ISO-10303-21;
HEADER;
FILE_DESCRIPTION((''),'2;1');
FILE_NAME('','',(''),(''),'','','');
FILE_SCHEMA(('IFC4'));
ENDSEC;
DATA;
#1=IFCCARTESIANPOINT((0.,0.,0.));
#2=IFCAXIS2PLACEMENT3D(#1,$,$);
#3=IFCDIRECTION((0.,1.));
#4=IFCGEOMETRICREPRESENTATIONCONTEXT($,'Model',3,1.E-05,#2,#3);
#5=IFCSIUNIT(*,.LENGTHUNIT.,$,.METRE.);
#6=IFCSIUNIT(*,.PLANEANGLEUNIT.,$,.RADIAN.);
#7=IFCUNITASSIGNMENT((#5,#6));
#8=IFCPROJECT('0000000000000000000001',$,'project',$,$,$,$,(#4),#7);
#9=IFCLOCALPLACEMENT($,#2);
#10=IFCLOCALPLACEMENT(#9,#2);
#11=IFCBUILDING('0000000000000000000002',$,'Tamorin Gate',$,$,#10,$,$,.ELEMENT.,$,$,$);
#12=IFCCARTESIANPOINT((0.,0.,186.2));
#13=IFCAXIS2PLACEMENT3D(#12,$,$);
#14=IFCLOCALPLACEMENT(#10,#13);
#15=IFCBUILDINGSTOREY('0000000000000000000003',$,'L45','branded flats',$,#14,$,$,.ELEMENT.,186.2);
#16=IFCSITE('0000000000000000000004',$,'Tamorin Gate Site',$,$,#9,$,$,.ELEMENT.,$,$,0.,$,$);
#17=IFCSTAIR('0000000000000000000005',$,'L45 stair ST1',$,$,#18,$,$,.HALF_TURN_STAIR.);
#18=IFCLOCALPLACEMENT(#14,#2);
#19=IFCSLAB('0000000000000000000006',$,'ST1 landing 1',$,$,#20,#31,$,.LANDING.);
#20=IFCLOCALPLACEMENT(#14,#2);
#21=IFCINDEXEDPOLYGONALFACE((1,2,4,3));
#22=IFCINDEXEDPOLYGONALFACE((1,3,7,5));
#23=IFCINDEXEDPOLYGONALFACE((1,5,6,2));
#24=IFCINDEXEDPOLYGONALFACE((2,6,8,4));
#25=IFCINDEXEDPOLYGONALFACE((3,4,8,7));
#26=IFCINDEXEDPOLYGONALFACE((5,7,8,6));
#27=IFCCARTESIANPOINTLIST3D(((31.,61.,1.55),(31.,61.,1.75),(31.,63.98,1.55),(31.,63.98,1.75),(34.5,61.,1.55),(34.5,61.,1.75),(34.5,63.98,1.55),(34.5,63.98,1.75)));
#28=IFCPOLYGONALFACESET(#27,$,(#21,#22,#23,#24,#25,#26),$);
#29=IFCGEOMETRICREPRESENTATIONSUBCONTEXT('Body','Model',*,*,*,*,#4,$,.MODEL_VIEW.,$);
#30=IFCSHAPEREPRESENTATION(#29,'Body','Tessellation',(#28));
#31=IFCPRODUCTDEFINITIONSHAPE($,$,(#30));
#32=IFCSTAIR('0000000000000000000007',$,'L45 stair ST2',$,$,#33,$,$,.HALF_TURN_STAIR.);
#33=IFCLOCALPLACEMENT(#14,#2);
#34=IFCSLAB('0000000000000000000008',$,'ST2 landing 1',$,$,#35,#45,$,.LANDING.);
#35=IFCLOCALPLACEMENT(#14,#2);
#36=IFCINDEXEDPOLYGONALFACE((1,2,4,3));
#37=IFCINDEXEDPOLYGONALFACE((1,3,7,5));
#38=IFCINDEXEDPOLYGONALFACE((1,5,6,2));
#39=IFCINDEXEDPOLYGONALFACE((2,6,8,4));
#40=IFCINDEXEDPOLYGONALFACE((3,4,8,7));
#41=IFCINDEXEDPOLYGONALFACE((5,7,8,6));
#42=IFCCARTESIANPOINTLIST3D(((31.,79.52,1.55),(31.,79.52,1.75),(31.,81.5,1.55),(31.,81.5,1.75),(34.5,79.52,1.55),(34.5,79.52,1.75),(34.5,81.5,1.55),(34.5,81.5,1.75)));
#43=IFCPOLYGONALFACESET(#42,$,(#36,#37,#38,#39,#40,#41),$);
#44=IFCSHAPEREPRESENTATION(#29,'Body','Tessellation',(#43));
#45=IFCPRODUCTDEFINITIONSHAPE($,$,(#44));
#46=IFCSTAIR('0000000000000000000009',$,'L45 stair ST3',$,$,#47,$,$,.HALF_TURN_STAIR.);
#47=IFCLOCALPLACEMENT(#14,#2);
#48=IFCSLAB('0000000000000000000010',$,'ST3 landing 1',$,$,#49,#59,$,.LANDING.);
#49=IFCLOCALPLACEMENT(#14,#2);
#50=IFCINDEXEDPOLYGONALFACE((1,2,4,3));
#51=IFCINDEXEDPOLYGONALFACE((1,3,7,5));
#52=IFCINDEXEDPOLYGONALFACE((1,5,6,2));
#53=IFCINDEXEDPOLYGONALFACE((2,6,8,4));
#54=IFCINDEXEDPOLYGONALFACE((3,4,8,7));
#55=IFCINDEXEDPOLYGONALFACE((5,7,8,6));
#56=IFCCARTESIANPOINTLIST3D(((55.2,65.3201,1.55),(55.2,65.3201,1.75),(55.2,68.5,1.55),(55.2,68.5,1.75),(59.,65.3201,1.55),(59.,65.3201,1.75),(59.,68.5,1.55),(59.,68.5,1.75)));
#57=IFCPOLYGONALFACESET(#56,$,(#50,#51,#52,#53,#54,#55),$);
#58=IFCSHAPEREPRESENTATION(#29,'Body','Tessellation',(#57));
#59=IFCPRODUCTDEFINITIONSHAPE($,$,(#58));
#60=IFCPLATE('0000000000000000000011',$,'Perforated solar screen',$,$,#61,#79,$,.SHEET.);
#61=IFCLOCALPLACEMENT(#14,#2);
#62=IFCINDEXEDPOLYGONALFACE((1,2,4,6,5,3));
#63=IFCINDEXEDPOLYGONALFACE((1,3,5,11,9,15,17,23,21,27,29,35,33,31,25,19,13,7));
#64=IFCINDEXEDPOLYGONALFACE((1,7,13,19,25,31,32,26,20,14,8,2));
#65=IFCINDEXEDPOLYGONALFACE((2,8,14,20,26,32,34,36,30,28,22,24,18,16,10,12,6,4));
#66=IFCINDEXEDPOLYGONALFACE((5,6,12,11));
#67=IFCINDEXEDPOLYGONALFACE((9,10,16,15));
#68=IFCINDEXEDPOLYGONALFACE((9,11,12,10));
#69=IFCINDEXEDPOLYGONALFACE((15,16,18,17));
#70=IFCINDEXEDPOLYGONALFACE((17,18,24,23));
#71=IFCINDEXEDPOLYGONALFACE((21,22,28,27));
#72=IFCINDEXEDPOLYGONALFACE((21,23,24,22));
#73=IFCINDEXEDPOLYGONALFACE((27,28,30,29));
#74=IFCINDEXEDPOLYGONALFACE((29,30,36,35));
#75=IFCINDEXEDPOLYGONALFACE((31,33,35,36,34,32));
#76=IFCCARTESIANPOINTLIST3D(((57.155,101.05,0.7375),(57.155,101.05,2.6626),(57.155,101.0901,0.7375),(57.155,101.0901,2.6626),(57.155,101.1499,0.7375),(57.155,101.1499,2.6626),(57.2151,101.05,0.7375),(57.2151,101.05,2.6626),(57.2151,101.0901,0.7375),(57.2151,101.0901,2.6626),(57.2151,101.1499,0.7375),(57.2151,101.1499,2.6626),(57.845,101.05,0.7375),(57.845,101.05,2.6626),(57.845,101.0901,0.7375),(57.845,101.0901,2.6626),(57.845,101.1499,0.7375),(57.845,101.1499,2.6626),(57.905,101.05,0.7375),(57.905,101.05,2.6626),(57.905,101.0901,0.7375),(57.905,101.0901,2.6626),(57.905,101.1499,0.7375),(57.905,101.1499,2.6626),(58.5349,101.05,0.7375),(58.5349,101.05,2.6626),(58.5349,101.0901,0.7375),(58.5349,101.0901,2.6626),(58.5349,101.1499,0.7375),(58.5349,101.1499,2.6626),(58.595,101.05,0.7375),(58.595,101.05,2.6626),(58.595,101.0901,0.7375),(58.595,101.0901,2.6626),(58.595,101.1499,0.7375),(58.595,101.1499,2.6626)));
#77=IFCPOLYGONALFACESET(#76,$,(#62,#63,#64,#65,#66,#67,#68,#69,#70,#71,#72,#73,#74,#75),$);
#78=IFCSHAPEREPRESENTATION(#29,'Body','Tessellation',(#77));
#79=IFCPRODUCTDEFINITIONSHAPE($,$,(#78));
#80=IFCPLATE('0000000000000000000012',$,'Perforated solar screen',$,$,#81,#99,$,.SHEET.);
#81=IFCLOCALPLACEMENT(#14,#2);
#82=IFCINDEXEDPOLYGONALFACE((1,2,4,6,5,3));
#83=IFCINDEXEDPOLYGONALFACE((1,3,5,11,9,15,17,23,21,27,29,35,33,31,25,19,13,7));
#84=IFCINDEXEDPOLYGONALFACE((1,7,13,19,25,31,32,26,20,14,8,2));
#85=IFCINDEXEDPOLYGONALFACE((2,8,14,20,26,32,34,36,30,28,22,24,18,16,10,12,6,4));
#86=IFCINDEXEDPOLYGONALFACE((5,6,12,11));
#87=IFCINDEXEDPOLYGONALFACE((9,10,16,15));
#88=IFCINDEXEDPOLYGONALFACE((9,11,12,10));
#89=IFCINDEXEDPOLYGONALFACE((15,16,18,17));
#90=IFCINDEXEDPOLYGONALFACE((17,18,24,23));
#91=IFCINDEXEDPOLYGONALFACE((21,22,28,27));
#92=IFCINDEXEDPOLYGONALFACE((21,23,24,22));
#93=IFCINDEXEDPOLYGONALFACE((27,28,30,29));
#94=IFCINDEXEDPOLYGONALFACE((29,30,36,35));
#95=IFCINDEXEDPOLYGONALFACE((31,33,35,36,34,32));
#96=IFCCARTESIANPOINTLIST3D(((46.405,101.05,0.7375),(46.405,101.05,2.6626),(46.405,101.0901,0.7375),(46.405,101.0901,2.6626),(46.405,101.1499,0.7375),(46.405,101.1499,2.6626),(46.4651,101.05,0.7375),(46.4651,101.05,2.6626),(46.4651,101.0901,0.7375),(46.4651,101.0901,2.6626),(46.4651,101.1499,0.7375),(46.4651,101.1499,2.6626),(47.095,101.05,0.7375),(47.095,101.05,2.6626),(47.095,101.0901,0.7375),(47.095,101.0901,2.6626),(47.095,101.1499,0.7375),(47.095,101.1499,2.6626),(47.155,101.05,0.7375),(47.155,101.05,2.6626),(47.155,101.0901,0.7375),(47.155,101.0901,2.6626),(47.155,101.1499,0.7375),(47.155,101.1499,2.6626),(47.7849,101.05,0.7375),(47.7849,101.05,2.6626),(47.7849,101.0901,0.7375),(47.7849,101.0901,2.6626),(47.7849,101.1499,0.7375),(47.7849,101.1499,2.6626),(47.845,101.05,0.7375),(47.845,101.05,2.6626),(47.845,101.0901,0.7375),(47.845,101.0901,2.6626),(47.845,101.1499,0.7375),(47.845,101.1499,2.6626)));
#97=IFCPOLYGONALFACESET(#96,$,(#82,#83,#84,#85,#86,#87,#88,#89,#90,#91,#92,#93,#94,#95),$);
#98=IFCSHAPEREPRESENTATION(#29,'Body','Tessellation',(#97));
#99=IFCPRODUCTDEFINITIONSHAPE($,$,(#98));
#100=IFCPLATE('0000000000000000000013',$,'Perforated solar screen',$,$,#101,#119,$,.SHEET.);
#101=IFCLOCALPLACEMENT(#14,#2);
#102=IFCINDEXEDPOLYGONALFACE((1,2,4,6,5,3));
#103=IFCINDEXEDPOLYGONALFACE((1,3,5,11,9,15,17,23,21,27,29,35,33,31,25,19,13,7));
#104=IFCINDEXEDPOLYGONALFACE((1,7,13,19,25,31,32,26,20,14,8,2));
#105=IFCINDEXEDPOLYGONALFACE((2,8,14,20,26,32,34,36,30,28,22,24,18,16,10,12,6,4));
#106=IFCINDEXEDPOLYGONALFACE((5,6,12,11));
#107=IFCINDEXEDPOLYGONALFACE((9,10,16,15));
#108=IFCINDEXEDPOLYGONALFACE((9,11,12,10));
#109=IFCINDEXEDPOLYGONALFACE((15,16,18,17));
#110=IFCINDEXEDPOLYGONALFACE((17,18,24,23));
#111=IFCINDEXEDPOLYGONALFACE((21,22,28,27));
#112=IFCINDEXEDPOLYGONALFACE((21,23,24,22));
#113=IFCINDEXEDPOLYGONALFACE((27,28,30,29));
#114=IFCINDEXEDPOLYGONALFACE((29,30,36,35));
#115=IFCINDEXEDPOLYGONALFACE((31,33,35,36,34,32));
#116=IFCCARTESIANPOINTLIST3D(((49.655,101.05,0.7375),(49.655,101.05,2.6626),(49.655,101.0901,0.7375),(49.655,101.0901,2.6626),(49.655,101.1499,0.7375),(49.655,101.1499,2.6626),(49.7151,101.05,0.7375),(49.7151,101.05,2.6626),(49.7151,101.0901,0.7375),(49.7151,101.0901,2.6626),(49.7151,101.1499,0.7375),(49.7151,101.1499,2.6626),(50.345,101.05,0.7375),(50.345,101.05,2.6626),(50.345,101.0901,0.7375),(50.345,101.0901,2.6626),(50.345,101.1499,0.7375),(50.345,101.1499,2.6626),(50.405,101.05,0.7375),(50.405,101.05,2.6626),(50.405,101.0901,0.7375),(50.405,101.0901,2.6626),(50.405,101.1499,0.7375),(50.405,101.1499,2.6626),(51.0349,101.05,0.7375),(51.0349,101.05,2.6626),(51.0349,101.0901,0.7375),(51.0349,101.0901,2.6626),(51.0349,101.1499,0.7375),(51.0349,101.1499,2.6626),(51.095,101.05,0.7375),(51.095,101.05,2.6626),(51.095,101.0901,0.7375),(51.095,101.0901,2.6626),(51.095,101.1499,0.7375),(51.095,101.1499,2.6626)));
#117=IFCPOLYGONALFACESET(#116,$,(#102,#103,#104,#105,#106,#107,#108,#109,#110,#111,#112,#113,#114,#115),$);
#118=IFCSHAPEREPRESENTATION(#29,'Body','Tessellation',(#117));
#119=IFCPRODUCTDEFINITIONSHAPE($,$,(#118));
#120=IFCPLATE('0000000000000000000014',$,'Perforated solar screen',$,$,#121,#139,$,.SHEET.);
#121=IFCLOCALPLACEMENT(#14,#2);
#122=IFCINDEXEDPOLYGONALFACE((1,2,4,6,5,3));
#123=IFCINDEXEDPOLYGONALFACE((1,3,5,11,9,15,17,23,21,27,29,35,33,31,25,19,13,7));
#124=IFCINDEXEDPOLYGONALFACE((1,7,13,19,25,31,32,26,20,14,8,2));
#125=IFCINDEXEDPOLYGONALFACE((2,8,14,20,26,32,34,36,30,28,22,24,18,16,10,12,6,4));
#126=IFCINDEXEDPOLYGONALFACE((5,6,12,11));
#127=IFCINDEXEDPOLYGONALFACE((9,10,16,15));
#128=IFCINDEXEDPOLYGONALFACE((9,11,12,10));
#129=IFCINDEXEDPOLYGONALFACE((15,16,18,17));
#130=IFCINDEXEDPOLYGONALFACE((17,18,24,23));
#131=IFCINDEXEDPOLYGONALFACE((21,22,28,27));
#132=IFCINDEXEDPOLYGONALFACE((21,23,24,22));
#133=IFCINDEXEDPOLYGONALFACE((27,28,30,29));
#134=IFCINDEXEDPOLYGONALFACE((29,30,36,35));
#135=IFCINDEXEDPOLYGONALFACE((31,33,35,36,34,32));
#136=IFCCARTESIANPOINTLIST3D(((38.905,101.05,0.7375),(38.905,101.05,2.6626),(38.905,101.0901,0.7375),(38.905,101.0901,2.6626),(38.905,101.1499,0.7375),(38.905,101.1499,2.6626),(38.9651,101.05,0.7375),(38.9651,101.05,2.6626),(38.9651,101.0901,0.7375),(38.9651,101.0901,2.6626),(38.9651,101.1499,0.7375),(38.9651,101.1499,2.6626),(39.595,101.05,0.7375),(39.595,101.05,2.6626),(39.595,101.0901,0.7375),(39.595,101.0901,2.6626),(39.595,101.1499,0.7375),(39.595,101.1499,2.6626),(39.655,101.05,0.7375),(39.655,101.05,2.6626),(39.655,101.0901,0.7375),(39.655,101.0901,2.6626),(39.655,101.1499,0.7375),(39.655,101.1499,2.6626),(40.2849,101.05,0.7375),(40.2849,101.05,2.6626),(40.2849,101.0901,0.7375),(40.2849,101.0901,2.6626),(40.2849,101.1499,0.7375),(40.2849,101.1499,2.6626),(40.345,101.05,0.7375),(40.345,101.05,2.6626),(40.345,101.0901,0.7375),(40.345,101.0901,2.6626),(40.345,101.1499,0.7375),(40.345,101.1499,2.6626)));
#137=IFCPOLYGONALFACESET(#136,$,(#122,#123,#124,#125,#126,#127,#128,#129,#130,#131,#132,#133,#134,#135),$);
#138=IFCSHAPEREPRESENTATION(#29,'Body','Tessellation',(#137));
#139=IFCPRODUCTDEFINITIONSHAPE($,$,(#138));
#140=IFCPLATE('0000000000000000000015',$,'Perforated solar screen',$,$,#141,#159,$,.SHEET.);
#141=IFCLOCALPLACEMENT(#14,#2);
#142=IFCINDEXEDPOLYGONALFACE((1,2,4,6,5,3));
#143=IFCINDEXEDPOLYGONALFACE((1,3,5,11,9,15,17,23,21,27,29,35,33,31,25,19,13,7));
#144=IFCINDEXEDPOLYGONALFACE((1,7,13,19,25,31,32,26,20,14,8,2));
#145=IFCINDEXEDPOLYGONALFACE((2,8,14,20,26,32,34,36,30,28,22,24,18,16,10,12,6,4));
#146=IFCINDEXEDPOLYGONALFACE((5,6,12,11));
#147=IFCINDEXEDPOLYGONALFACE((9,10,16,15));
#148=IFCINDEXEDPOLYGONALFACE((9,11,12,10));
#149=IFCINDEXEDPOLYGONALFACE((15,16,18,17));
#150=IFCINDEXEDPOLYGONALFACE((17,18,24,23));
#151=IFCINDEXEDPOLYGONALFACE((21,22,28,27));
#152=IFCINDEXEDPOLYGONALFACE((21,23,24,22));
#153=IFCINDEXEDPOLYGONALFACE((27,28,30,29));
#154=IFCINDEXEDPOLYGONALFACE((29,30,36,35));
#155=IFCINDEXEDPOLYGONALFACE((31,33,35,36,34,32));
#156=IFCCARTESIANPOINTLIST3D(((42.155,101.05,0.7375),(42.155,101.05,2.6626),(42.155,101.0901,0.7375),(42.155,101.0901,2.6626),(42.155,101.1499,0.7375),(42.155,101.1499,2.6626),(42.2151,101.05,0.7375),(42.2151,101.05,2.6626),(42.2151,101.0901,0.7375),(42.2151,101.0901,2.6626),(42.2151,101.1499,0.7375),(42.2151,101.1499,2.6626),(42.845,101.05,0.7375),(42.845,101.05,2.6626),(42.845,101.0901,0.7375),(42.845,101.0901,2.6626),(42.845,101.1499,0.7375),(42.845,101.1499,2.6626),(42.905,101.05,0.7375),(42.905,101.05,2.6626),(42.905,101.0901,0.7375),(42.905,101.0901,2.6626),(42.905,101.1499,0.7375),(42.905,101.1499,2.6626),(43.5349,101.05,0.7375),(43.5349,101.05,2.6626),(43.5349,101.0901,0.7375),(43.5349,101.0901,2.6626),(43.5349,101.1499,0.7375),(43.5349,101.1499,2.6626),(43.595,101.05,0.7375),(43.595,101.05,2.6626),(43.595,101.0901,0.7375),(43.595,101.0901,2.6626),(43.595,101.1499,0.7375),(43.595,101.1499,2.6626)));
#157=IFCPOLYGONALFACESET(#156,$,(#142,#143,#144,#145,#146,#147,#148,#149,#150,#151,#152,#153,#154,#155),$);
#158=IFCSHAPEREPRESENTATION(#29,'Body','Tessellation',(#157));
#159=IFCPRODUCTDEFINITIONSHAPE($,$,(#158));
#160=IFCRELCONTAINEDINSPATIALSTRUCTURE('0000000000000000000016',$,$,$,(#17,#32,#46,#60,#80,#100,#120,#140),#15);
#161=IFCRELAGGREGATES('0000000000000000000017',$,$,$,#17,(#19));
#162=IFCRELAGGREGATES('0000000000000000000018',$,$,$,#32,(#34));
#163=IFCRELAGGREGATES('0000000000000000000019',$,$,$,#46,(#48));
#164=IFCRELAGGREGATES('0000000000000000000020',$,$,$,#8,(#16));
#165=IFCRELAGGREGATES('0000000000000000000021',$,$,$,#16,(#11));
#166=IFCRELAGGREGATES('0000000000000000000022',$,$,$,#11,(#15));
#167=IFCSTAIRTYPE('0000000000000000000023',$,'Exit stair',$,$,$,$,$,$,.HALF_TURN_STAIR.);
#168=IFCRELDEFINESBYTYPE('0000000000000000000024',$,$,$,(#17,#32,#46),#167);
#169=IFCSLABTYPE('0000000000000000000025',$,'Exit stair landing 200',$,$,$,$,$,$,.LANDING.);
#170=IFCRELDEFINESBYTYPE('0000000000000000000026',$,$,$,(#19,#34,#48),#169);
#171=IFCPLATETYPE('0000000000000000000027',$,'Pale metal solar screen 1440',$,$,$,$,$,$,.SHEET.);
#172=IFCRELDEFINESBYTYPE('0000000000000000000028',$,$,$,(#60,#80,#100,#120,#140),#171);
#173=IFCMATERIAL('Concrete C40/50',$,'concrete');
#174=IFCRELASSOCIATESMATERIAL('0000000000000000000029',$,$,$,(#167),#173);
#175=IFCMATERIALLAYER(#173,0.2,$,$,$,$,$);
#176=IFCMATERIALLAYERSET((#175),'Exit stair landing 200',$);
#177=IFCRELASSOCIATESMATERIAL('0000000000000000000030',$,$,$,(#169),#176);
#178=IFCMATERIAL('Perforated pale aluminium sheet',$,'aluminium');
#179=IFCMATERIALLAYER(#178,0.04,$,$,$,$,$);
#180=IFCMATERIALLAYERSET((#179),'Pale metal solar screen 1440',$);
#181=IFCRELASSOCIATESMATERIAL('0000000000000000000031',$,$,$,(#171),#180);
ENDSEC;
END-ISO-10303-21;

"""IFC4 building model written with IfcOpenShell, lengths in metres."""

from ifc_helpers import new_model, si_unit, direction, frame, origin, place, context, subcontext, project, spatial, polyline, outline, extrude, material, layer, layer_set, type_object, element, aggregate, save


model = new_model("IFC4")

# Units and contexts
model_context = context("Model", 3, precision=1e-05, world=origin(), true_north=direction((0.0, 1.0)))
body_context = subcontext(model_context, "Body", "Model", "MODEL_VIEW")
ifc_project = project(units=[si_unit("LENGTHUNIT", "METRE"), si_unit("PLANEANGLEUNIT", "RADIAN")], contexts=[model_context])

# Site, building, storey
site_placement = place(None, origin())
site = spatial("IfcSite", under=ifc_project, at=site_placement, Name="Tamorin Gate Site", CompositionType="ELEMENT", RefElevation=0.0)
building_placement = place(site_placement, origin())
building = spatial("IfcBuilding", under=site, at=building_placement, Name="Tamorin Gate", CompositionType="ELEMENT")
storey_placement = place(building_placement, frame((0.0, 0.0, 186.2)))
storey = spatial("IfcBuildingStorey", under=building, at=storey_placement, Name="L45", Description="branded flats", CompositionType="ELEMENT", Elevation=186.2)

# Stairs, slabs
ifc_material_1 = material(Name="Concrete C40/50", Category="concrete")
stair_type = type_object("IfcStairType", Name="Exit stair", PredefinedType="HALF_TURN_STAIR", material=ifc_material_1)
stair_1_placement = place(storey_placement, origin())
stair_1 = element("IfcStair", 1, at=stair_1_placement, inside=storey, type_object=stair_type, Name="L45 stair ST1", PredefinedType="HALF_TURN_STAIR")
ifc_layer_1 = layer(ifc_material_1, 0.2)
ifc_layer_set_1 = layer_set([ifc_layer_1], Name="Exit stair landing 200")
slab_type = type_object("IfcSlabType", Name="Exit stair landing 200", PredefinedType="LANDING", material=ifc_layer_set_1)
slab_1_placement = place(storey_placement, frame((0.0, 0.0, 1.55)))
slab_1 = element("IfcSlab", 2, at=slab_1_placement, type_object=slab_type, Name="ST1 landing 1", PredefinedType="LANDING", context=body_context, shape_type="SweptSolid", body=[
    extrude(outline(polyline([(31.0, 63.98), (31.0, 61.0), (34.5, 61.0), (34.5, 63.98), (31.0, 63.98)])), origin(), (0.0, 0.0, 1.0), 0.2),
])
aggregate(stair_1, [slab_1])
stair_2_placement = place(storey_placement, origin())
stair_2 = element("IfcStair", 3, at=stair_2_placement, inside=storey, type_object=stair_type, Name="L45 stair ST2", PredefinedType="HALF_TURN_STAIR")
slab_2_placement = place(storey_placement, frame((0.0, 0.0, 1.55)))
slab_2 = element("IfcSlab", 4, at=slab_2_placement, type_object=slab_type, Name="ST2 landing 1", PredefinedType="LANDING", context=body_context, shape_type="SweptSolid", body=[
    extrude(outline(polyline([(34.5, 79.52), (34.5, 81.5), (31.0, 81.5), (31.0, 79.52), (34.5, 79.52)])), origin(), (0.0, 0.0, 1.0), 0.2),
])
aggregate(stair_2, [slab_2])
stair_3_placement = place(storey_placement, origin())
stair_3 = element("IfcStair", 5, at=stair_3_placement, inside=storey, type_object=stair_type, Name="L45 stair ST3", PredefinedType="HALF_TURN_STAIR")
slab_3_placement = place(storey_placement, frame((0.0, 0.0, 1.55)))
slab_3 = element("IfcSlab", 6, at=slab_3_placement, type_object=slab_type, Name="ST3 landing 1", PredefinedType="LANDING", context=body_context, shape_type="SweptSolid", body=[
    extrude(outline(polyline([(59.0, 65.3201), (59.0, 68.5), (55.2, 68.5), (55.2, 65.3201), (59.0, 65.3201)])), origin(), (0.0, 0.0, 1.0), 0.2),
])
aggregate(stair_3, [slab_3])

# Plates
ifc_material_2 = material(Name="Perforated pale aluminium sheet", Category="aluminium")
ifc_layer_2 = layer(ifc_material_2, 0.04)
ifc_layer_set_2 = layer_set([ifc_layer_2], Name="Pale metal solar screen 1440")
plate_type_1 = type_object("IfcPlateType", Name="Pale metal solar screen 1440", PredefinedType="SHEET", material=ifc_layer_set_2)
plate_1_placement = place(storey_placement, frame((0.0, 0.0, 0.7375)))
element("IfcPlate", 7, at=plate_1_placement, inside=storey, type_object=plate_type_1, Name="Perforated solar screen", PredefinedType="SHEET", context=body_context, shape_type="SweptSolid", body=[
    extrude(outline(polyline([(58.595, 101.0901), (58.595, 101.05), (58.5349, 101.05), (57.905, 101.05), (57.845, 101.05), (57.2151, 101.05), (57.155, 101.05), (57.155, 101.0901), (57.155, 101.1499), (57.2151, 101.1499), (57.2151, 101.0901), (57.845, 101.0901), (57.845, 101.1499), (57.905, 101.1499), (57.905, 101.0901), (58.5349, 101.0901), (58.5349, 101.1499), (58.595, 101.1499), (58.595, 101.0901)])), origin(), (0.0, 0.0, 1.0), 1.925),
])
plate_2_placement = place(storey_placement, frame((0.0, 0.0, 0.7375)))
element("IfcPlate", 8, at=plate_2_placement, inside=storey, type_object=plate_type_1, Name="Perforated solar screen", PredefinedType="SHEET", context=body_context, shape_type="SweptSolid", body=[
    extrude(outline(polyline([(47.845, 101.0901), (47.845, 101.05), (47.7849, 101.05), (47.155, 101.05), (47.095, 101.05), (46.4651, 101.05), (46.405, 101.05), (46.405, 101.0901), (46.405, 101.1499), (46.4651, 101.1499), (46.4651, 101.0901), (47.095, 101.0901), (47.095, 101.1499), (47.155, 101.1499), (47.155, 101.0901), (47.7849, 101.0901), (47.7849, 101.1499), (47.845, 101.1499), (47.845, 101.0901)])), origin(), (0.0, 0.0, 1.0), 1.925),
])
plate_3_placement = place(storey_placement, frame((0.0, 0.0, 0.7375)))
element("IfcPlate", 9, at=plate_3_placement, inside=storey, type_object=plate_type_1, Name="Perforated solar screen", PredefinedType="SHEET", context=body_context, shape_type="SweptSolid", body=[
    extrude(outline(polyline([(51.095, 101.0901), (51.095, 101.05), (51.0349, 101.05), (50.405, 101.05), (50.345, 101.05), (49.7151, 101.05), (49.655, 101.05), (49.655, 101.0901), (49.655, 101.1499), (49.7151, 101.1499), (49.7151, 101.0901), (50.345, 101.0901), (50.345, 101.1499), (50.405, 101.1499), (50.405, 101.0901), (51.0349, 101.0901), (51.0349, 101.1499), (51.095, 101.1499), (51.095, 101.0901)])), origin(), (0.0, 0.0, 1.0), 1.925),
])
plate_4_placement = place(storey_placement, frame((0.0, 0.0, 0.7375)))
element("IfcPlate", 10, at=plate_4_placement, inside=storey, type_object=plate_type_1, Name="Perforated solar screen", PredefinedType="SHEET", context=body_context, shape_type="SweptSolid", body=[
    extrude(outline(polyline([(40.345, 101.0901), (40.345, 101.05), (40.2849, 101.05), (39.655, 101.05), (39.595, 101.05), (38.9651, 101.05), (38.905, 101.05), (38.905, 101.0901), (38.905, 101.1499), (38.9651, 101.1499), (38.9651, 101.0901), (39.595, 101.0901), (39.595, 101.1499), (39.655, 101.1499), (39.655, 101.0901), (40.2849, 101.0901), (40.2849, 101.1499), (40.345, 101.1499), (40.345, 101.0901)])), origin(), (0.0, 0.0, 1.0), 1.925),
])
plate_5_placement = place(storey_placement, frame((0.0, 0.0, 0.7375)))
element("IfcPlate", 11, at=plate_5_placement, inside=storey, type_object=plate_type_1, Name="Perforated solar screen", PredefinedType="SHEET", context=body_context, shape_type="SweptSolid", body=[
    extrude(outline(polyline([(43.595, 101.0901), (43.595, 101.05), (43.5349, 101.05), (42.905, 101.05), (42.845, 101.05), (42.2151, 101.05), (42.155, 101.05), (42.155, 101.0901), (42.155, 101.1499), (42.2151, 101.1499), (42.2151, 101.0901), (42.845, 101.0901), (42.845, 101.1499), (42.905, 101.1499), (42.905, 101.0901), (43.5349, 101.0901), (43.5349, 101.1499), (43.595, 101.1499), (43.595, 101.0901)])), origin(), (0.0, 0.0, 1.0), 1.925),
])

save(model, "model.ifc")
